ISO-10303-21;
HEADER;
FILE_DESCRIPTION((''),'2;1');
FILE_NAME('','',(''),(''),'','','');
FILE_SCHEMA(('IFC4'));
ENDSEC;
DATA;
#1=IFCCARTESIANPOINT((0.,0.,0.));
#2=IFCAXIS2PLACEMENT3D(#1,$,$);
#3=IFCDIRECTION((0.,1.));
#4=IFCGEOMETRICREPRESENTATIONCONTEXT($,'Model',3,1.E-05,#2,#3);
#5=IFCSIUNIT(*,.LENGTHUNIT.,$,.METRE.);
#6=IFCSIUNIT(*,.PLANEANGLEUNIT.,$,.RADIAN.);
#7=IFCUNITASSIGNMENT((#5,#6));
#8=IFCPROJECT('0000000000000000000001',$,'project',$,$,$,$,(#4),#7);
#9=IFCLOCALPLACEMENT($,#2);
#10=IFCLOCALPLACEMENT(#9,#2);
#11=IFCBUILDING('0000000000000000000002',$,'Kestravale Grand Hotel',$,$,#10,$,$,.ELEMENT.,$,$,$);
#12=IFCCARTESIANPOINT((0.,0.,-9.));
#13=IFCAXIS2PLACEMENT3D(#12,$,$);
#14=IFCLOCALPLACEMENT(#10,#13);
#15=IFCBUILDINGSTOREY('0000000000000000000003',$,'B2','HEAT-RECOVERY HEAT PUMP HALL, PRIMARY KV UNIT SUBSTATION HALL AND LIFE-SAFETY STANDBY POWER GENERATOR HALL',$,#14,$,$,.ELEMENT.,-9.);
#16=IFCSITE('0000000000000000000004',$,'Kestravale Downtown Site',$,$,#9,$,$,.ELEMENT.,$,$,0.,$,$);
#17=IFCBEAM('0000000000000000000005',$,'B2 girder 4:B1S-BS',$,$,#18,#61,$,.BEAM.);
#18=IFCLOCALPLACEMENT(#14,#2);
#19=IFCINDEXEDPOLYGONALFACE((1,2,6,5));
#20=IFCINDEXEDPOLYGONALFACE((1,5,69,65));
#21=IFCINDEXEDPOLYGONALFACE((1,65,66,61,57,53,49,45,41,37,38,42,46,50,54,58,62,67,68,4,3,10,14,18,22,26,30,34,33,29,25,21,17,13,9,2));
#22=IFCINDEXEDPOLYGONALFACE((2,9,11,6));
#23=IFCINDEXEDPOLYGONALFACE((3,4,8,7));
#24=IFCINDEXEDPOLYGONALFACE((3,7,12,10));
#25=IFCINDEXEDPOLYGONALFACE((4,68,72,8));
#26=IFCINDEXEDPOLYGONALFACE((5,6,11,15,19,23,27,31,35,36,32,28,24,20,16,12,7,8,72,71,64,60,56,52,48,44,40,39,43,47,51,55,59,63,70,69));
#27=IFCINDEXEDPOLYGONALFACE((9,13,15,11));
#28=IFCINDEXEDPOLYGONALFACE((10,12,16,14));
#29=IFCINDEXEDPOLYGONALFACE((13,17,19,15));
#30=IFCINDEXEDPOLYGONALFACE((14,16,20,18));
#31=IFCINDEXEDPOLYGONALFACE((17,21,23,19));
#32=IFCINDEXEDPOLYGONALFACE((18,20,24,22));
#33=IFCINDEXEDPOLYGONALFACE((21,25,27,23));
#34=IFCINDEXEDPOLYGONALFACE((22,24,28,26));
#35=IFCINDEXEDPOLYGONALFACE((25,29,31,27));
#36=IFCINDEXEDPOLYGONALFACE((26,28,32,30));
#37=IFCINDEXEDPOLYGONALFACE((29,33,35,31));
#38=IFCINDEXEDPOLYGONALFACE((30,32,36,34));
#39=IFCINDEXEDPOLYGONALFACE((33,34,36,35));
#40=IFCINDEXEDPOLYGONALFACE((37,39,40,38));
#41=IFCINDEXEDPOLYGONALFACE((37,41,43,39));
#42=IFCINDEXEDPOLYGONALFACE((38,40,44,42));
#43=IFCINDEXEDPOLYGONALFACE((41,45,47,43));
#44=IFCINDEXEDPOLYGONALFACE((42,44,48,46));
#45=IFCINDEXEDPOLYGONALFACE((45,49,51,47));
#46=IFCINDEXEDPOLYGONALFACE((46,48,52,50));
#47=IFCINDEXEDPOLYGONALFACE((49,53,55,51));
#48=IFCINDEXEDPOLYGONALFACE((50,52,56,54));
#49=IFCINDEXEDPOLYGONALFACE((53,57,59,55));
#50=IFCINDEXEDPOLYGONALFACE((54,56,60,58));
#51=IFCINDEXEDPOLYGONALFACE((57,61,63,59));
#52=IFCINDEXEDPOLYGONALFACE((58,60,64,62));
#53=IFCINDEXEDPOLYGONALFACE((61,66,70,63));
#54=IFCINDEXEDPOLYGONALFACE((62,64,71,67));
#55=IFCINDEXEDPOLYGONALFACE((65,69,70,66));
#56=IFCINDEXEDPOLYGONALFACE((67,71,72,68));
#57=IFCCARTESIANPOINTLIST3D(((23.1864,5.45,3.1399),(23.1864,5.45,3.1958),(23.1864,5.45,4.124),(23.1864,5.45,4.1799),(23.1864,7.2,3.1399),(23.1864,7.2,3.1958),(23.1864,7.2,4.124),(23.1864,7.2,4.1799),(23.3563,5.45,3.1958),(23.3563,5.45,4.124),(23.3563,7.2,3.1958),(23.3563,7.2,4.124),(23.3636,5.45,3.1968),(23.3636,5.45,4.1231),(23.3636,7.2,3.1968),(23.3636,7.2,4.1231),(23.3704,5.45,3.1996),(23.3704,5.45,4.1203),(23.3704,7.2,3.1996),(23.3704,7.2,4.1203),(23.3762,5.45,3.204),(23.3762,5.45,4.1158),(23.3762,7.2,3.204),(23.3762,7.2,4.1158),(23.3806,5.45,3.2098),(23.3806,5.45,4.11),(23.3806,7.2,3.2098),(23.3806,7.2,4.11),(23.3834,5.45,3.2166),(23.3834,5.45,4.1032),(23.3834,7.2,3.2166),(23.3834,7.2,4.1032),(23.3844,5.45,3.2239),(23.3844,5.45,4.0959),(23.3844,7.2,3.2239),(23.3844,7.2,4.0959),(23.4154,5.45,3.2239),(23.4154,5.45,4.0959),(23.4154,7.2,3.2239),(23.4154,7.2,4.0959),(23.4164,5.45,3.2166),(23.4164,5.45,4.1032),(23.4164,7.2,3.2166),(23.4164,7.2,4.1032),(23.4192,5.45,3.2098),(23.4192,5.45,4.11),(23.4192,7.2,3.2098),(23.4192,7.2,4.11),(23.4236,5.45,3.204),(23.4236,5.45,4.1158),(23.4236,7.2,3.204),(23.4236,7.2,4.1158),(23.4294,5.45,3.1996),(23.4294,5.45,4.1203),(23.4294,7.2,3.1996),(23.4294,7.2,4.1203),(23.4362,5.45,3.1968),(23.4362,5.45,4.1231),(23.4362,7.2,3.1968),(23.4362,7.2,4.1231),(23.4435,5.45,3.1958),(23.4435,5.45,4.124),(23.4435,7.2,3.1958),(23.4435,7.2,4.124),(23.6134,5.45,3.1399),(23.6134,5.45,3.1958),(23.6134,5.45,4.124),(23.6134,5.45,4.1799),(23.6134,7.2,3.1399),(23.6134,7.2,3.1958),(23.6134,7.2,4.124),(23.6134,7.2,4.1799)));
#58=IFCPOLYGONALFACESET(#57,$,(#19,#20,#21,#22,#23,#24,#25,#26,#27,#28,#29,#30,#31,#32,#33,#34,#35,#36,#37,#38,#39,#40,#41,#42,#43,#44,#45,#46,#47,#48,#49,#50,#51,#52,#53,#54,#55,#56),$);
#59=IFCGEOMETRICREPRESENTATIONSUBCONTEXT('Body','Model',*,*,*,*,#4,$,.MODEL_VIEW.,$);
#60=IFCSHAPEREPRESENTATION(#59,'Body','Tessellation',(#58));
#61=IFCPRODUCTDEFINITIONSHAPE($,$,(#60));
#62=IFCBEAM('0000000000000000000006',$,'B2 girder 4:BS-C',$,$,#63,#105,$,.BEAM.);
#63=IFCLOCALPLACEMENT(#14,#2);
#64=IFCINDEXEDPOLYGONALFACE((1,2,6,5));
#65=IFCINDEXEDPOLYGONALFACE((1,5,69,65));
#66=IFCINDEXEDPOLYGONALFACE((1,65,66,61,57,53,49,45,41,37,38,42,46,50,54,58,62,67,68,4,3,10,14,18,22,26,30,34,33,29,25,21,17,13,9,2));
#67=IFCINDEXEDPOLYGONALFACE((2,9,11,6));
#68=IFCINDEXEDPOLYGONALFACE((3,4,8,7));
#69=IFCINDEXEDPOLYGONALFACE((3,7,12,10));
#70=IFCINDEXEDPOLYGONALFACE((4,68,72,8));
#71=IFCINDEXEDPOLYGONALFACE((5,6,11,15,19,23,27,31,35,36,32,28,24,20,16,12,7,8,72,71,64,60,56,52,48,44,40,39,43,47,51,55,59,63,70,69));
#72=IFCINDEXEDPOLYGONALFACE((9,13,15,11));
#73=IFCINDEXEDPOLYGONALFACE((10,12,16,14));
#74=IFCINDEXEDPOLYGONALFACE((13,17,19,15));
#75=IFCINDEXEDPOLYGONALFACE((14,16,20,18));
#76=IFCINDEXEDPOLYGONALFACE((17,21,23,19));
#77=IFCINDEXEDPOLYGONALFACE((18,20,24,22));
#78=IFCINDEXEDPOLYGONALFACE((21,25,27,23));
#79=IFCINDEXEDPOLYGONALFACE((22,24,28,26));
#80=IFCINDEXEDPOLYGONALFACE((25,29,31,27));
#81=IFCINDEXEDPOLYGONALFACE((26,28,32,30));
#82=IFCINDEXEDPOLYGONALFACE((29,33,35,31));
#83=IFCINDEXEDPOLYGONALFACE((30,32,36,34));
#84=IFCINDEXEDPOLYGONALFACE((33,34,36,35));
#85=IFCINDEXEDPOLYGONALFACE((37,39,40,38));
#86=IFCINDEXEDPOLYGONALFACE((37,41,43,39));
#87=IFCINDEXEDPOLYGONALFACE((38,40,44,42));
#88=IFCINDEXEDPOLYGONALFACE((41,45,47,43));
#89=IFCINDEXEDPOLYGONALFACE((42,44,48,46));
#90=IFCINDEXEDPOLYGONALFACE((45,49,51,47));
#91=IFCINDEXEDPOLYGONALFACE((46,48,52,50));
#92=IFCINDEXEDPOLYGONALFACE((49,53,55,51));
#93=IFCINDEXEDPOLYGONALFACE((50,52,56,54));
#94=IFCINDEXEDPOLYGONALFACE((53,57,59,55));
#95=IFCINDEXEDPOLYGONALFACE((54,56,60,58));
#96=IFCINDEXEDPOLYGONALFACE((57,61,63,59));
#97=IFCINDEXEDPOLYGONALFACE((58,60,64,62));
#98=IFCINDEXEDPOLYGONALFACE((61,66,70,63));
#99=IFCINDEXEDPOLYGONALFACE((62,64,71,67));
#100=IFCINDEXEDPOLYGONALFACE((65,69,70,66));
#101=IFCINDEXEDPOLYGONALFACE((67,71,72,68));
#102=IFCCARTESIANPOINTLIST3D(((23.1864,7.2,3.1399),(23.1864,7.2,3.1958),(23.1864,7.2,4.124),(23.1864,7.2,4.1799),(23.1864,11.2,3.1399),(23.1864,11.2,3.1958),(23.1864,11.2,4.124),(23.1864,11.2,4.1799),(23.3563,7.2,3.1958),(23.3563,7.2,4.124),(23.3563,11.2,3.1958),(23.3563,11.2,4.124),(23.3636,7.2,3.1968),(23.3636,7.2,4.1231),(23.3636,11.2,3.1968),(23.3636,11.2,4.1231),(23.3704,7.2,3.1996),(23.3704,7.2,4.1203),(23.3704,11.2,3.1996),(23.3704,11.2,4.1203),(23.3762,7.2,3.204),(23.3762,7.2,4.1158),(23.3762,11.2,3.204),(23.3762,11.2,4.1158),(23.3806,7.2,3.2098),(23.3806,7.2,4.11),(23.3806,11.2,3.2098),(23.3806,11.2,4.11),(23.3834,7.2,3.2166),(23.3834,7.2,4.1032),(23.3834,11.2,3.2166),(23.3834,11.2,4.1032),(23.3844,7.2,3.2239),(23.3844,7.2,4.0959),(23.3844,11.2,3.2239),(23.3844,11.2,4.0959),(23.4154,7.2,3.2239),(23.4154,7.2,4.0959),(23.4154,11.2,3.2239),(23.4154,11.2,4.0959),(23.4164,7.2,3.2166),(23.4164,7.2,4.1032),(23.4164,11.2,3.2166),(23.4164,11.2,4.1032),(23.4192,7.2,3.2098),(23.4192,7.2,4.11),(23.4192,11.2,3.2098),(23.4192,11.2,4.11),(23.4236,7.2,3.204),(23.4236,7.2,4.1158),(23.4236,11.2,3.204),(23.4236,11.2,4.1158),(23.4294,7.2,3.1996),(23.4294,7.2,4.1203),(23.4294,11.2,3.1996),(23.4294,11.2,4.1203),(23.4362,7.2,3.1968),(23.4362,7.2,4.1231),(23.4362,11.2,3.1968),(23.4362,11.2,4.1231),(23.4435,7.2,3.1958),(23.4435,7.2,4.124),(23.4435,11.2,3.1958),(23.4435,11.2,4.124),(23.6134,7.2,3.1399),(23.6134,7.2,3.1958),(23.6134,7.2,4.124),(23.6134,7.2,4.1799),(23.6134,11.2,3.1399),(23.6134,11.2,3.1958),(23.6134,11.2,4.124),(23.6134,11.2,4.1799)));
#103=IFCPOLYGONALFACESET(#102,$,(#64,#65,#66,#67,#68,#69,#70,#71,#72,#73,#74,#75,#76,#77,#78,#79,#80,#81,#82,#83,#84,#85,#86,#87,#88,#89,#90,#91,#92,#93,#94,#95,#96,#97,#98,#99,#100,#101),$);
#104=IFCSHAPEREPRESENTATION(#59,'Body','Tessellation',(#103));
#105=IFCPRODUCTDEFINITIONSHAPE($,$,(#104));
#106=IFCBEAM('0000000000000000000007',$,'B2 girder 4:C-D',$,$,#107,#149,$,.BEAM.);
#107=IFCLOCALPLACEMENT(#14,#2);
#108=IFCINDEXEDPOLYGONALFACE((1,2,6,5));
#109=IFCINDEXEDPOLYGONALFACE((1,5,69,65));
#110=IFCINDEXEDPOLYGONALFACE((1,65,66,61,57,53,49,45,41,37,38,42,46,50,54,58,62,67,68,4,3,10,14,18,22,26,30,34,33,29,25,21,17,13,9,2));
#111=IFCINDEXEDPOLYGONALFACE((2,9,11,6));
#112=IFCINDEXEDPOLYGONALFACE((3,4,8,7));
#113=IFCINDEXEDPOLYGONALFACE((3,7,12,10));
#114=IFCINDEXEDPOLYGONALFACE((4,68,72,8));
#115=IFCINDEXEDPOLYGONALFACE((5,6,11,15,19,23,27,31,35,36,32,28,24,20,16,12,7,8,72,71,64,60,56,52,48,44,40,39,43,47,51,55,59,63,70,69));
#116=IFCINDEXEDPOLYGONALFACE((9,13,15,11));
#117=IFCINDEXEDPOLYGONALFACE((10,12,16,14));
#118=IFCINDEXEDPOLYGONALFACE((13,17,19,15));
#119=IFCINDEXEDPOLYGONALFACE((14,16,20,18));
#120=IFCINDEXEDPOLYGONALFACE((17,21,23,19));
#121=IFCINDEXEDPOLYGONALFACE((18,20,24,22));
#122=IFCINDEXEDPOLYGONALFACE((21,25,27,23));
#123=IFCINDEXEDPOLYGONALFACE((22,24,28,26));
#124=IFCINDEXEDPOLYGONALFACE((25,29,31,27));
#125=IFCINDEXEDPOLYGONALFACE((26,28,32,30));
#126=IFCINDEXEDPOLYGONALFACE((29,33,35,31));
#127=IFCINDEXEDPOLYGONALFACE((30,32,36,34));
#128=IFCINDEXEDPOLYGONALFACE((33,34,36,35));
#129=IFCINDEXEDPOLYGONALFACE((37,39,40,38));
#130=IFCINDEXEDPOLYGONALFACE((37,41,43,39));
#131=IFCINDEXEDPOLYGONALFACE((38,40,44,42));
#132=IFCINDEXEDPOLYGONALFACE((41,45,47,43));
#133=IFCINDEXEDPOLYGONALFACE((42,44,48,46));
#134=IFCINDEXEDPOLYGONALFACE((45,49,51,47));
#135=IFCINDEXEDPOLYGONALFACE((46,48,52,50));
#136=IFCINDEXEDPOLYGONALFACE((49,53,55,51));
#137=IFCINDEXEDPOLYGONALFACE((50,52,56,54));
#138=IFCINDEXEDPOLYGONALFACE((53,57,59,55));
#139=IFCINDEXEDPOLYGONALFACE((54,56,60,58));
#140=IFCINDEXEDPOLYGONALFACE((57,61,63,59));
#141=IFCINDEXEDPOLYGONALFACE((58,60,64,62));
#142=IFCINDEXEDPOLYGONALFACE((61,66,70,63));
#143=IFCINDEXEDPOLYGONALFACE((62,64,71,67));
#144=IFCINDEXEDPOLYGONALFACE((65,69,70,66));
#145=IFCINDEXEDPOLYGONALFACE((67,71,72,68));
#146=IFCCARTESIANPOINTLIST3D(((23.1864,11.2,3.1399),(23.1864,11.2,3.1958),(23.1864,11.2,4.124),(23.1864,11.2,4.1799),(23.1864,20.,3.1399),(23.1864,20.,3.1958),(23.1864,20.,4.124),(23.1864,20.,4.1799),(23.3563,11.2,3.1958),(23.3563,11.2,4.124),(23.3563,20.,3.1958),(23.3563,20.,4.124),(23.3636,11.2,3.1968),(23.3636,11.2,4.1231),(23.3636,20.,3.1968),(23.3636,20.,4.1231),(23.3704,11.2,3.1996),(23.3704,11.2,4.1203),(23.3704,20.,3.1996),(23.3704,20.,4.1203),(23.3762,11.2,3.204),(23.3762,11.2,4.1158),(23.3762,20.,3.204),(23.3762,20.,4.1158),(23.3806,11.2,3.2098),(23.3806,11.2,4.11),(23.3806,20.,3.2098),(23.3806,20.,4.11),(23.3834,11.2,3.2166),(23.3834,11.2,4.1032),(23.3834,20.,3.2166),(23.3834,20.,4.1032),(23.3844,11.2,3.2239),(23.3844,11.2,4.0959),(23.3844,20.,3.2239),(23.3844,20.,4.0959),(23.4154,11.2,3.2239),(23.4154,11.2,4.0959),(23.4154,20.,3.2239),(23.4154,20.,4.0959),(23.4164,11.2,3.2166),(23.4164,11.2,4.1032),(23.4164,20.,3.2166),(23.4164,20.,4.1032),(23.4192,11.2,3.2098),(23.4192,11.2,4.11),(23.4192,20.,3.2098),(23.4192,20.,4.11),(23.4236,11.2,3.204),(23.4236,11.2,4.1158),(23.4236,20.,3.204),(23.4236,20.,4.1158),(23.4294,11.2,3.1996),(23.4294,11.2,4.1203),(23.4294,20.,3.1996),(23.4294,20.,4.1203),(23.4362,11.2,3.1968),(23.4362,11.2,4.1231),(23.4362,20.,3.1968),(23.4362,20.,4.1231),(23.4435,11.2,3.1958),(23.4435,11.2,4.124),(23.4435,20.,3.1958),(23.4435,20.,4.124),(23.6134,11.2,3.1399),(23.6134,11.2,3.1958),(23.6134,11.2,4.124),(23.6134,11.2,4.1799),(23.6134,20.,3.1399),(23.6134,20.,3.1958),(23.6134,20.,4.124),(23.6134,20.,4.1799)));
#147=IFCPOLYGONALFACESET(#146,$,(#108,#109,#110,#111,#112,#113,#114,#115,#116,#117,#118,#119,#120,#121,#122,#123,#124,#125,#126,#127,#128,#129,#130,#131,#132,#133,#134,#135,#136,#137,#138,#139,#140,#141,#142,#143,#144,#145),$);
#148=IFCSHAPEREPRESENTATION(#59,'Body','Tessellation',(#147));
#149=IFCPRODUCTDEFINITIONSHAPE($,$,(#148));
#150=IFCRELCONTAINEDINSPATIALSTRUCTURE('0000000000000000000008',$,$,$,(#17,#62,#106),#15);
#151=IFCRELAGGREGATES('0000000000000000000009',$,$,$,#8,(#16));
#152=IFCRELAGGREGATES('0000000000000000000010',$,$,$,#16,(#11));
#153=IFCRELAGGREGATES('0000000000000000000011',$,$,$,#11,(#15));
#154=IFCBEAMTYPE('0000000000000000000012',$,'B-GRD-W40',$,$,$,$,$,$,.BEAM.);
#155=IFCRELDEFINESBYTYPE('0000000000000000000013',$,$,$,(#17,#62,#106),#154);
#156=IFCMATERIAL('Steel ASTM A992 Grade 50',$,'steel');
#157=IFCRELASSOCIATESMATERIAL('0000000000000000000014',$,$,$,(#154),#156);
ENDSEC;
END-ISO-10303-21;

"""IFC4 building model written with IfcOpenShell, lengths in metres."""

from ifc_helpers import new_model, si_unit, direction, frame, origin, origin_2d, place, context, subcontext, project, spatial, i_section, extrude, material, material_profile, profile_set, type_object, element, save


model = new_model("IFC4")

# Units and contexts
model_context = context("Model", 3, precision=1e-05, world=origin(), true_north=direction((0.0, 1.0)))
body_context = subcontext(model_context, "Body", "Model", "MODEL_VIEW")
ifc_project = project(units=[si_unit("LENGTHUNIT", "METRE"), si_unit("PLANEANGLEUNIT", "RADIAN")], contexts=[model_context])

# Site, building, storey
site_placement = place(None, origin())
site = spatial("IfcSite", under=ifc_project, at=site_placement, Name="Kestravale Downtown Site", CompositionType="ELEMENT", RefElevation=0.0)
building_placement = place(site_placement, origin())
building = spatial("IfcBuilding", under=site, at=building_placement, Name="Kestravale Grand Hotel", CompositionType="ELEMENT")
storey_placement = place(building_placement, frame((0.0, 0.0, -9.0)))
storey = spatial("IfcBuildingStorey", under=building, at=storey_placement, Name="B2", Description="HEAT-RECOVERY HEAT PUMP HALL, PRIMARY KV UNIT SUBSTATION HALL AND LIFE-SAFETY STANDBY POWER GENERATOR HALL", CompositionType="ELEMENT", Elevation=-9.0)

# Beams
ifc_material_1 = material(Name="Steel ASTM A992 Grade 50", Category="steel")
ifc_material_profile_1 = material_profile(ifc_material_1, i_section(OverallWidth=0.427, OverallDepth=1.04, WebThickness=0.031, FlangeThickness=0.0559, FilletRadius=0.0281, at=origin_2d()))
ifc_profile_set_1 = profile_set([ifc_material_profile_1], Name="Steel ASTM A992 Grade 50")
beam_type_1 = type_object("IfcBeamType", Name="B-GRD-W40", PredefinedType="BEAM", material=ifc_profile_set_1)
beam_1_placement = place(storey_placement, frame((23.3999, 5.45, 3.6599), z_axis=(0.0, 1.0, 0.0), x_axis=(-1.0, 0.0, 0.0)))
element("IfcBeam", 1, at=beam_1_placement, inside=storey, type_object=beam_type_1, Name="B2 girder 4:B1S-BS", PredefinedType="BEAM", context=body_context, shape_type="SweptSolid", body=[
    extrude(i_section(OverallWidth=0.427, OverallDepth=1.04, WebThickness=0.031, FlangeThickness=0.0559, FilletRadius=0.0281, at=origin_2d()), origin(), (0.0, 0.0, 1.0), 1.75),
])
beam_2_placement = place(storey_placement, frame((23.3999, 7.2, 3.6599), z_axis=(0.0, 1.0, 0.0), x_axis=(-1.0, 0.0, 0.0)))
element("IfcBeam", 2, at=beam_2_placement, inside=storey, type_object=beam_type_1, Name="B2 girder 4:BS-C", PredefinedType="BEAM", context=body_context, shape_type="SweptSolid", body=[
    extrude(i_section(OverallWidth=0.427, OverallDepth=1.04, WebThickness=0.031, FlangeThickness=0.0559, FilletRadius=0.0281, at=origin_2d()), origin(), (0.0, 0.0, 1.0), 4.0),
])
beam_3_placement = place(storey_placement, frame((23.3999, 11.2, 3.6599), z_axis=(0.0, 1.0, 0.0), x_axis=(-1.0, 0.0, 0.0)))
element("IfcBeam", 3, at=beam_3_placement, inside=storey, type_object=beam_type_1, Name="B2 girder 4:C-D", PredefinedType="BEAM", context=body_context, shape_type="SweptSolid", body=[
    extrude(i_section(OverallWidth=0.427, OverallDepth=1.04, WebThickness=0.031, FlangeThickness=0.0559, FilletRadius=0.0281, at=origin_2d()), origin(), (0.0, 0.0, 1.0), 8.8),
])

save(model, "model.ifc")
